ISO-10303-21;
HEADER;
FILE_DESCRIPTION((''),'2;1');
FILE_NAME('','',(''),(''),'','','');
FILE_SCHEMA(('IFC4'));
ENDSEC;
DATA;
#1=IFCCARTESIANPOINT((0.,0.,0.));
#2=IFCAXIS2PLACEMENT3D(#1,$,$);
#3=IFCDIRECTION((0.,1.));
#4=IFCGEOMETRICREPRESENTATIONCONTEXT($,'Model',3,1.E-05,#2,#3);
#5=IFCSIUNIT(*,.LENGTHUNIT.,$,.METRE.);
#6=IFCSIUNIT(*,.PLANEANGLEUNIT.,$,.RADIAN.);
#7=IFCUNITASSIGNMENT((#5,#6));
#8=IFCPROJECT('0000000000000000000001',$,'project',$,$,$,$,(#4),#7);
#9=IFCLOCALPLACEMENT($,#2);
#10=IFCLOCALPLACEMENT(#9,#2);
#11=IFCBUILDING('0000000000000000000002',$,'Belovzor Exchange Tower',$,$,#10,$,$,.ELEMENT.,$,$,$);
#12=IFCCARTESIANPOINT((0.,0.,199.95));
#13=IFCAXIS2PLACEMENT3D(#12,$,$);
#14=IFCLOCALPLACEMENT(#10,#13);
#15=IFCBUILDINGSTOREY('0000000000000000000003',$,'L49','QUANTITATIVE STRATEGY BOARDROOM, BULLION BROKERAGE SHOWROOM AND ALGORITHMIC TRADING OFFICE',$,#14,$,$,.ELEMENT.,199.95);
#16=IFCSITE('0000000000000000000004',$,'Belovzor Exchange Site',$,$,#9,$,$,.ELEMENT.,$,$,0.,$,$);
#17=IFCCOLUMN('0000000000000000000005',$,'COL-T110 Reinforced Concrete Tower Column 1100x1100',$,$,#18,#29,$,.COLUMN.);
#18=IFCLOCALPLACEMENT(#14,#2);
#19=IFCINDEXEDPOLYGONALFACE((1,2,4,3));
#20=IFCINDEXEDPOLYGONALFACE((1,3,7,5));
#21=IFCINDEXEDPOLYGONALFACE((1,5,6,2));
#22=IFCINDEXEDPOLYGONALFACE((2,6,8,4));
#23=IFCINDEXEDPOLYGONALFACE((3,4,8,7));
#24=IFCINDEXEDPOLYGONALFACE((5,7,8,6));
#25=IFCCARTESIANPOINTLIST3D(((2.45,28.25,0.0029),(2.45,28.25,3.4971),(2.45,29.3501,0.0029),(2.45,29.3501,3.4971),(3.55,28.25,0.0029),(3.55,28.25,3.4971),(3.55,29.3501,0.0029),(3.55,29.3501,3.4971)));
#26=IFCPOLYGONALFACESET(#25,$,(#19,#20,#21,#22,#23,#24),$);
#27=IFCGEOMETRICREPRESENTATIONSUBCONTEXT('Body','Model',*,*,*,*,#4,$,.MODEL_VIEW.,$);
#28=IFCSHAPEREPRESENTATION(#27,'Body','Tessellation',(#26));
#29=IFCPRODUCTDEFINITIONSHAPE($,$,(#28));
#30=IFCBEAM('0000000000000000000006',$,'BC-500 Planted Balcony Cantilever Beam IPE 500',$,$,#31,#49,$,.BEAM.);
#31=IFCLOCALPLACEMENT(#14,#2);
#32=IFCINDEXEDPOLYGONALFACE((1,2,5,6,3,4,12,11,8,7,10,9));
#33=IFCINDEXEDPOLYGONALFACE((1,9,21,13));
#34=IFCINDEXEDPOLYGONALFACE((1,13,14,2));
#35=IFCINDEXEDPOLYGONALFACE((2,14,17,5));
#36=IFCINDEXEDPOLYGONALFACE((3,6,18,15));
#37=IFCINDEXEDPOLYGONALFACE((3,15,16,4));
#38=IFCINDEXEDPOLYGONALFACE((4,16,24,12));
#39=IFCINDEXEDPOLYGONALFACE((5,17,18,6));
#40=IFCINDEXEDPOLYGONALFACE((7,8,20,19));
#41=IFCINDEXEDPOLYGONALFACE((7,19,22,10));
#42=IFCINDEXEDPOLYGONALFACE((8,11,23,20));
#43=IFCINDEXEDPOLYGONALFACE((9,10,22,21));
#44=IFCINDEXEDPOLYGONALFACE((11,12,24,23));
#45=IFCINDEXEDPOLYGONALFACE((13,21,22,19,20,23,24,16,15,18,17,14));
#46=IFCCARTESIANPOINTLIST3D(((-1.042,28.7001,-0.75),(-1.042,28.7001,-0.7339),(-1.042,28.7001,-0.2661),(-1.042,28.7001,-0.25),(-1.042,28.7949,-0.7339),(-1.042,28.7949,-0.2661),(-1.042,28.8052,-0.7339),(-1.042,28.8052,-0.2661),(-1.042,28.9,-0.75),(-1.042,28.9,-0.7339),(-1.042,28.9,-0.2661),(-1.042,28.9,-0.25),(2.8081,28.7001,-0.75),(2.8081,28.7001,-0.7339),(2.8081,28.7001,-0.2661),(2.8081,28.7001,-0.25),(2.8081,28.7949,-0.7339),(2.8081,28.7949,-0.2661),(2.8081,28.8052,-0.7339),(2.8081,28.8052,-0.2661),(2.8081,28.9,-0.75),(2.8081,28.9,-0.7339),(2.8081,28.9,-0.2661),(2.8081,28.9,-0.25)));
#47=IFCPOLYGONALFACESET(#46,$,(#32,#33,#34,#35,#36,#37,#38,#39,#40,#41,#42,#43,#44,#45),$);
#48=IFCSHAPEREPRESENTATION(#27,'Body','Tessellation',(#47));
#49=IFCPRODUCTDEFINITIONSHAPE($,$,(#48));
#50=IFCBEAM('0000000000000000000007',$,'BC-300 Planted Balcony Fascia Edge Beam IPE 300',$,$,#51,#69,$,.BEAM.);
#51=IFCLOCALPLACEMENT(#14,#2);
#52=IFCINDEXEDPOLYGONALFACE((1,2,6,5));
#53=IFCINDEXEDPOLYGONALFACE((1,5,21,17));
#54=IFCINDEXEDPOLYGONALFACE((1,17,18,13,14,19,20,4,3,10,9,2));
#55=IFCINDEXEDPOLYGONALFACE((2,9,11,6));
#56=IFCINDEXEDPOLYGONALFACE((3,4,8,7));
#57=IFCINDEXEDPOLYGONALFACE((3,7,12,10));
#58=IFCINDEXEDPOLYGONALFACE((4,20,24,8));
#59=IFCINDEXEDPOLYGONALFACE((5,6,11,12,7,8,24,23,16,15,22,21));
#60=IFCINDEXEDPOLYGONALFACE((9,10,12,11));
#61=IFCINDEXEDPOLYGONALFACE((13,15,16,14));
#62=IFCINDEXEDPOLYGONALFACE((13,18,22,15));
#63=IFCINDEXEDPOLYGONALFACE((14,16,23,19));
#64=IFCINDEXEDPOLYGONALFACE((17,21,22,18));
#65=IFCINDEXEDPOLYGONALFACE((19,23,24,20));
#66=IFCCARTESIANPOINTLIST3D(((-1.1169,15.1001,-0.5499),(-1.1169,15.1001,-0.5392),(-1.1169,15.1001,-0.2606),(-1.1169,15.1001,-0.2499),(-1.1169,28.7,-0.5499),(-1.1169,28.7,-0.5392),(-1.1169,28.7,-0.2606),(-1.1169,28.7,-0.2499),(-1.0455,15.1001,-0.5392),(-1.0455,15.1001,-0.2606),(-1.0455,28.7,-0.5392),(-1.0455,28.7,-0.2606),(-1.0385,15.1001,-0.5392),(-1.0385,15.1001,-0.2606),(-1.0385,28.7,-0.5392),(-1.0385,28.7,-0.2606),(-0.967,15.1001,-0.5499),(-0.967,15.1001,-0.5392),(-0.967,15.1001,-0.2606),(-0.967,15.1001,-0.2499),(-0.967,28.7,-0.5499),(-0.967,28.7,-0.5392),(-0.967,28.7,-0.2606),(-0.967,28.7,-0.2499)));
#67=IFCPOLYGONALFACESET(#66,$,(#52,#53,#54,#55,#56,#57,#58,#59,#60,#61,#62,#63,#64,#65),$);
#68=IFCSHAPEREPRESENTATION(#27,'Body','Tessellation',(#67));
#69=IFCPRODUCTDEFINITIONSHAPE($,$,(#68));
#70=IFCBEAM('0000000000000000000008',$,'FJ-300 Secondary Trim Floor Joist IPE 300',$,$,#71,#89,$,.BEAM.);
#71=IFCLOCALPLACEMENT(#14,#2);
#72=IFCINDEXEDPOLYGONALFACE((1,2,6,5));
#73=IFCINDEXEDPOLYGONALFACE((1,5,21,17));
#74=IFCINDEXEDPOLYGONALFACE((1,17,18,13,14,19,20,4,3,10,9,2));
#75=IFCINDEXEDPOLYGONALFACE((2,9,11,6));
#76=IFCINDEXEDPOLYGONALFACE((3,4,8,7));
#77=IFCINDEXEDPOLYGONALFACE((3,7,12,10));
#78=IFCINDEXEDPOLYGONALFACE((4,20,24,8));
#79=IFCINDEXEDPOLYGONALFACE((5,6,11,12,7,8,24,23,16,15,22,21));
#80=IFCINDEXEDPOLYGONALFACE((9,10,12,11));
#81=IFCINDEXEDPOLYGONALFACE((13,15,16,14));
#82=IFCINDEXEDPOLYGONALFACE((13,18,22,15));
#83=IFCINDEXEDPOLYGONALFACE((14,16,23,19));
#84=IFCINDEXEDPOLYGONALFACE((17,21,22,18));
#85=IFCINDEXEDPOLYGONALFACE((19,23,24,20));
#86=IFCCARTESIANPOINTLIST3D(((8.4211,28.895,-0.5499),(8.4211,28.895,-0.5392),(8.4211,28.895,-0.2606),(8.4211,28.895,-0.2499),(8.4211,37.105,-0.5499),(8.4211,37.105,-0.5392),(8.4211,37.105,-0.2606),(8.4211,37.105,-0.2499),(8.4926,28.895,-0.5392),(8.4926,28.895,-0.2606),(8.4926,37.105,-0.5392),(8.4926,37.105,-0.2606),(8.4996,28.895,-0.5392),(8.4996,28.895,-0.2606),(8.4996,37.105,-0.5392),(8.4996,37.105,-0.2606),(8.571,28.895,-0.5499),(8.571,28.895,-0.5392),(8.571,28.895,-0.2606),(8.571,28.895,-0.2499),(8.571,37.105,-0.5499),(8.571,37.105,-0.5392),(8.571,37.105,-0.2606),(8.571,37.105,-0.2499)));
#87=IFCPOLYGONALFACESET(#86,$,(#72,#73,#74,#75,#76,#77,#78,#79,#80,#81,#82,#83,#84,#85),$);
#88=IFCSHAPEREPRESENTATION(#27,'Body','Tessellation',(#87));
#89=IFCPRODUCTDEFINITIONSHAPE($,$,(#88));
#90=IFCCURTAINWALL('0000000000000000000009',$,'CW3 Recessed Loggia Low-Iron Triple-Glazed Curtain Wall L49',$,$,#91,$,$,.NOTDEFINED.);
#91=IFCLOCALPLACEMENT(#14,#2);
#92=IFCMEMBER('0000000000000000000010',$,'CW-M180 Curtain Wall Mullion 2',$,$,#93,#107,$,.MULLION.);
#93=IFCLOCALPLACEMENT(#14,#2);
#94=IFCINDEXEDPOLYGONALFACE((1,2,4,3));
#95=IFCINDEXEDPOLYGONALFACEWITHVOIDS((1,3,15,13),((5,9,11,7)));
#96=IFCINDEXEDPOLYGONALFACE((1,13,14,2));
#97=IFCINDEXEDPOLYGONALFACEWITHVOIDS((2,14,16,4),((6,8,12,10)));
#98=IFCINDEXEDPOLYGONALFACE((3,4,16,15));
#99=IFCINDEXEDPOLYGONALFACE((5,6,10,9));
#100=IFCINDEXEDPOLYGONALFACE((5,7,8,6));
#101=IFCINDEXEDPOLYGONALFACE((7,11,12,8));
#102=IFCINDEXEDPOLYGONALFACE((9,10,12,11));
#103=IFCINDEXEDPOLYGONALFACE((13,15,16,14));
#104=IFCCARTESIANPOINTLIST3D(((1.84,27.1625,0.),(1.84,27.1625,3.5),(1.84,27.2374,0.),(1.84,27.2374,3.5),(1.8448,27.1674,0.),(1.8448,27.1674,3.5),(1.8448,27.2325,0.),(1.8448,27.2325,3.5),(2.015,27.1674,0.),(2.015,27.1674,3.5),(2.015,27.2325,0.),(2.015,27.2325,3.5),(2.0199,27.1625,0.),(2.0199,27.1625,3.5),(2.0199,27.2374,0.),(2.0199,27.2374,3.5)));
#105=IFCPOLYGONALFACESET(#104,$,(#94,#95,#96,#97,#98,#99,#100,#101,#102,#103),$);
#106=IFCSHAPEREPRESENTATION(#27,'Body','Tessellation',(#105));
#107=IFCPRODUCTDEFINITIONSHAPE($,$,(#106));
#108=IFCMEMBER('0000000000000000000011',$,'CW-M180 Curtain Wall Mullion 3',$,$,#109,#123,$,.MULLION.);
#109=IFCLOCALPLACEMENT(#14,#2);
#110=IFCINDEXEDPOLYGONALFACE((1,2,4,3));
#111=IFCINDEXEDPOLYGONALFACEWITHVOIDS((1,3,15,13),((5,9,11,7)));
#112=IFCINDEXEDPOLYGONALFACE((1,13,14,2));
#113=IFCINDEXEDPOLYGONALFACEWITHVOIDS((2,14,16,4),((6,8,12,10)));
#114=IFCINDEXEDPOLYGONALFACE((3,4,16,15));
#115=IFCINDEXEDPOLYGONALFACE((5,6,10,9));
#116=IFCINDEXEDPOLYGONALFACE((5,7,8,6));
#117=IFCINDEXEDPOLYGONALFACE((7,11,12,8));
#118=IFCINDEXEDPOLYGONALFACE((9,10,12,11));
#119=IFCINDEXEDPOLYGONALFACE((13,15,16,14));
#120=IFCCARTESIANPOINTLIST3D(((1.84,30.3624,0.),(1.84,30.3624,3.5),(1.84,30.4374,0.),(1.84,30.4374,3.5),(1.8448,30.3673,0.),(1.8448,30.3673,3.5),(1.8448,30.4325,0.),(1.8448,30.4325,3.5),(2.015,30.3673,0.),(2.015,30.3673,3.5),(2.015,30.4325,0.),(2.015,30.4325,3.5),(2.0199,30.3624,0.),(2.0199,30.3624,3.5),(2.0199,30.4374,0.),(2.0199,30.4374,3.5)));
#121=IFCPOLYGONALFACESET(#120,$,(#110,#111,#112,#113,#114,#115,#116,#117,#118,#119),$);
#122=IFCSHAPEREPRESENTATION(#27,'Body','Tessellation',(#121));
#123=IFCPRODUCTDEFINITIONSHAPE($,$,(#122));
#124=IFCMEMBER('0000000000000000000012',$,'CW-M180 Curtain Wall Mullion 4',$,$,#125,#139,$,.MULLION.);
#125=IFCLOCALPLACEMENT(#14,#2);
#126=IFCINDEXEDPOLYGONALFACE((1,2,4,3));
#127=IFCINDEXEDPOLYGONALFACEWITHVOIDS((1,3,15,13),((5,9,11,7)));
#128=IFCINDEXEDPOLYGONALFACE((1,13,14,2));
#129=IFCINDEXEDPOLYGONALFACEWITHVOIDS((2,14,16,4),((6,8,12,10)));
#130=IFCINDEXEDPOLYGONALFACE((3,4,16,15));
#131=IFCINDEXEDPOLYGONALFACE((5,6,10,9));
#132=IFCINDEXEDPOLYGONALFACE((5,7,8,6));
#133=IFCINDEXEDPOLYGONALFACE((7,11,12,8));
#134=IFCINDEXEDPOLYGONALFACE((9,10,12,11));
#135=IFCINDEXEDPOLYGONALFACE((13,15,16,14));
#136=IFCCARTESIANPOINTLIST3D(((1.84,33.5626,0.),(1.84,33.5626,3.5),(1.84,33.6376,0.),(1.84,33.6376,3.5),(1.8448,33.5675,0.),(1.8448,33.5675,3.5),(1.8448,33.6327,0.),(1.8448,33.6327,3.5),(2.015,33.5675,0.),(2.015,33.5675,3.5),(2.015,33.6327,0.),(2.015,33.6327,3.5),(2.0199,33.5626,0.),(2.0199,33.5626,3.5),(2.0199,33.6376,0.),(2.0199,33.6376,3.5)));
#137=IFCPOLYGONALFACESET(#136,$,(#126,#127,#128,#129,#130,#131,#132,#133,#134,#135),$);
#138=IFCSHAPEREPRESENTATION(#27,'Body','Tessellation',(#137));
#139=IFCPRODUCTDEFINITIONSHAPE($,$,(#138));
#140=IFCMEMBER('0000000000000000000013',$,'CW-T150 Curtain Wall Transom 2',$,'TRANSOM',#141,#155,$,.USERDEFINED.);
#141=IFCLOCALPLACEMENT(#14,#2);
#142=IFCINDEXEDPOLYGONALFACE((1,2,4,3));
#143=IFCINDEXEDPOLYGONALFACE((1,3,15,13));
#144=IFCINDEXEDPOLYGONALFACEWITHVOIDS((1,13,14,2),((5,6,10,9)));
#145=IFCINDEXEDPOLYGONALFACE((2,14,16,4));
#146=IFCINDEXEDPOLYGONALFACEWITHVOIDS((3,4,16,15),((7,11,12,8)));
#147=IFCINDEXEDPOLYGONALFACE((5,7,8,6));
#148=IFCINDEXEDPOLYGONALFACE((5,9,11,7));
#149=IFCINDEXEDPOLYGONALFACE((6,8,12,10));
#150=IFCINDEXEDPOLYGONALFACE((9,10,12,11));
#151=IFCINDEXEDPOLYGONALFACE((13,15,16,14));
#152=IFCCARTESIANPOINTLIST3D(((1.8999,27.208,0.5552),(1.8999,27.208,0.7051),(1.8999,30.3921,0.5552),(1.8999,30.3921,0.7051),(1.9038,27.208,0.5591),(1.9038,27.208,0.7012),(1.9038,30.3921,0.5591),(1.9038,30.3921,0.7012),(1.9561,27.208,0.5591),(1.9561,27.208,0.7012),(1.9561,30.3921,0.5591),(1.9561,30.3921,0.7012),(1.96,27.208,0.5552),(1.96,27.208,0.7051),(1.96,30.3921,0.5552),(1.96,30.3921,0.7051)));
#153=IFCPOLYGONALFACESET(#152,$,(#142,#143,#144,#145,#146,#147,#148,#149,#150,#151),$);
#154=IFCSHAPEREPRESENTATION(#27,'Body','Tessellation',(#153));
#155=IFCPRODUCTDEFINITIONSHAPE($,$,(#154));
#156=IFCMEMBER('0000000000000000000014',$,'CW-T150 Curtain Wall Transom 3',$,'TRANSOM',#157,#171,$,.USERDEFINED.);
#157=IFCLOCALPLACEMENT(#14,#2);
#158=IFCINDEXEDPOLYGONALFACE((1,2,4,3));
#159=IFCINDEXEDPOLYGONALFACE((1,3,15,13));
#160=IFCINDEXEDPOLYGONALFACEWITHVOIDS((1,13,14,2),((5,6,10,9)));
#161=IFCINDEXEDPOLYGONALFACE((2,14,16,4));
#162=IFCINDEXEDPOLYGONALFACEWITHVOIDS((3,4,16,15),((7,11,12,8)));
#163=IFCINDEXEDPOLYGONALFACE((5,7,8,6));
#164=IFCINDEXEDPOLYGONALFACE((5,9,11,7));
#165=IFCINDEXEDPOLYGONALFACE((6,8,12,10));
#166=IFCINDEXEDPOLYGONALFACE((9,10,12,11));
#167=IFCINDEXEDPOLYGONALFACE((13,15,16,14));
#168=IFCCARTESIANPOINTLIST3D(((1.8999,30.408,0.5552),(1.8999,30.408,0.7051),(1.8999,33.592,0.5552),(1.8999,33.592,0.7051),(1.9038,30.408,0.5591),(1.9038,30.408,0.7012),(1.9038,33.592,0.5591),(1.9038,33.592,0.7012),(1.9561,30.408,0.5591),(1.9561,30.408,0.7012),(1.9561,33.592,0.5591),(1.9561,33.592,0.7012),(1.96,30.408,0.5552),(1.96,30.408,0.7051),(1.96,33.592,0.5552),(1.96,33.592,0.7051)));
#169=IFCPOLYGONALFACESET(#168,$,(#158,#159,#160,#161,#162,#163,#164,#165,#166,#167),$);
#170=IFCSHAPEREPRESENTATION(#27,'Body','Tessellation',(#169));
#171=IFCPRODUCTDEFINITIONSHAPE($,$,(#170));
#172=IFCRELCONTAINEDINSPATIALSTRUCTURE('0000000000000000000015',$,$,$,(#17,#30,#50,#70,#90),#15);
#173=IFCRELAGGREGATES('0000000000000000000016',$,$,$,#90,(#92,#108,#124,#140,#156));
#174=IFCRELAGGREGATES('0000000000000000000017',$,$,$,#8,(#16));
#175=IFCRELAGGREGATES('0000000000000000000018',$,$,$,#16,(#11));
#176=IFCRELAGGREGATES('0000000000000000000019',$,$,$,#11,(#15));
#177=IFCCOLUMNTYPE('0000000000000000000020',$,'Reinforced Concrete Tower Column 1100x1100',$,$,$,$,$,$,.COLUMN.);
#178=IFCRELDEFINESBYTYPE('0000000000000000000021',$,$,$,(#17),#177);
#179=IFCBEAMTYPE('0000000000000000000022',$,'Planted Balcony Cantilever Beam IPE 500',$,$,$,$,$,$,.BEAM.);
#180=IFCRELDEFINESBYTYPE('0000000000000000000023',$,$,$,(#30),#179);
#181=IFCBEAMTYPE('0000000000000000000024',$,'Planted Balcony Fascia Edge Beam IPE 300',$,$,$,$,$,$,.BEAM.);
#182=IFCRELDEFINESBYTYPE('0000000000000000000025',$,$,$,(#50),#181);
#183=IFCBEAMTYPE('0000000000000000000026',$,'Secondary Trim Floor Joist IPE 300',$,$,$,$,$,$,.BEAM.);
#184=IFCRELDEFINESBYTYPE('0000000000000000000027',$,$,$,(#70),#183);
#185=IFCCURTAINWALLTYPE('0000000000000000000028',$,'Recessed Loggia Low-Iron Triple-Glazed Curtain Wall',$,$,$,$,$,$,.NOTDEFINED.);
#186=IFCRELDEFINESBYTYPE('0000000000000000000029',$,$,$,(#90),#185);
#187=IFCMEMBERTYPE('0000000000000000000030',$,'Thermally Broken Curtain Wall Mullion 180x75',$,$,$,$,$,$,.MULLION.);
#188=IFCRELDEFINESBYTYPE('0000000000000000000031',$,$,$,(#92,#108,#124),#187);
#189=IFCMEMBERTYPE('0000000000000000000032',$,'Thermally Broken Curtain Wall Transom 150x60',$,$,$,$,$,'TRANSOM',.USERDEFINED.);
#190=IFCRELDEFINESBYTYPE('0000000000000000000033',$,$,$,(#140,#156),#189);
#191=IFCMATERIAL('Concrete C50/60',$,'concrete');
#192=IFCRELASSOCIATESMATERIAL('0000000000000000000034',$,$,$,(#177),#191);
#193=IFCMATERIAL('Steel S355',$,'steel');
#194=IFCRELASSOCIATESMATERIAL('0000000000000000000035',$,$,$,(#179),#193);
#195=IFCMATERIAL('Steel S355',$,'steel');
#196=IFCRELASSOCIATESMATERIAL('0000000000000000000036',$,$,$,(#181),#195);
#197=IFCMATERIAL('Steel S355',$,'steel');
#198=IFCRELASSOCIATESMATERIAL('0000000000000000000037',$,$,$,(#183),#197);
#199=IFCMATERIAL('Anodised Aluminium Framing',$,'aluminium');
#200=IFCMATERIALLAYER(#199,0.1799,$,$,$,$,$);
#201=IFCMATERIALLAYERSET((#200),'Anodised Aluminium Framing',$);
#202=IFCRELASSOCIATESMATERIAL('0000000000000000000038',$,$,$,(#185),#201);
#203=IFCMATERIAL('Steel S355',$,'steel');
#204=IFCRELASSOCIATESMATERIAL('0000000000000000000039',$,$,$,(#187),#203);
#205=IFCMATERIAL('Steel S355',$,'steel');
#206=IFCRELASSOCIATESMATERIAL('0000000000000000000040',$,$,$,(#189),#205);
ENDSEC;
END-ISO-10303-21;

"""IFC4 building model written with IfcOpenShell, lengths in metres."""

from ifc_helpers import new_model, si_unit, direction, frame, origin, origin_2d, place, context, subcontext, project, spatial, rectangle, hollow_rectangle, i_section, extrude, material, layer, layer_set, material_profile, profile_set, type_object, element, aggregate, save


model = new_model("IFC4")

# Units and contexts
model_context = context("Model", 3, precision=1e-05, world=origin(), true_north=direction((0.0, 1.0)))
body_context = subcontext(model_context, "Body", "Model", "MODEL_VIEW")
ifc_project = project(units=[si_unit("LENGTHUNIT", "METRE"), si_unit("PLANEANGLEUNIT", "RADIAN")], contexts=[model_context])

# Site, building, storey
site_placement = place(None, origin())
site = spatial("IfcSite", under=ifc_project, at=site_placement, Name="Belovzor Exchange Site", CompositionType="ELEMENT", RefElevation=0.0)
building_placement = place(site_placement, origin())
building = spatial("IfcBuilding", under=site, at=building_placement, Name="Belovzor Exchange Tower", CompositionType="ELEMENT")
storey_placement = place(building_placement, frame((0.0, 0.0, 199.95)))
storey = spatial("IfcBuildingStorey", under=building, at=storey_placement, Name="L49", Description="QUANTITATIVE STRATEGY BOARDROOM, BULLION BROKERAGE SHOWROOM AND ALGORITHMIC TRADING OFFICE", CompositionType="ELEMENT", Elevation=199.95)

# Column
ifc_material_1 = material(Name="Concrete C50/60", Category="concrete")
ifc_material_profile_1 = material_profile(ifc_material_1, rectangle(XDim=1.1001, YDim=1.1001, at=origin_2d()))
ifc_profile_set_1 = profile_set([ifc_material_profile_1], Name="Concrete C50/60")
column_type = type_object("IfcColumnType", Name="Reinforced Concrete Tower Column 1100x1100", PredefinedType="COLUMN", material=ifc_profile_set_1)
column_placement = place(storey_placement, frame((3.0, 28.8, 0.0029), z_axis=(0.0, 0.0, 1.0), x_axis=(1.0, 0.0, 0.0)))
element("IfcColumn", 1, at=column_placement, inside=storey, type_object=column_type, Name="COL-T110 Reinforced Concrete Tower Column 1100x1100", PredefinedType="COLUMN", context=body_context, shape_type="SweptSolid", body=[
    extrude(rectangle(XDim=1.1001, YDim=1.1001, at=origin_2d()), origin(), (0.0, 0.0, 1.0), 3.4941),
])

# Beams
ifc_material_2 = material(Name="Steel S355", Category="steel")
ifc_material_profile_2 = material_profile(ifc_material_2, i_section(OverallWidth=0.2, OverallDepth=0.5, WebThickness=0.0103, FlangeThickness=0.0161, at=origin_2d()))
ifc_profile_set_2 = profile_set([ifc_material_profile_2], Name="Steel S355")
beam_type_1 = type_object("IfcBeamType", Name="Planted Balcony Cantilever Beam IPE 500", PredefinedType="BEAM", material=ifc_profile_set_2)
beam_1_placement = place(storey_placement, frame((2.8081, 28.8, -0.5), z_axis=(-1.0, 0.0, 0.0), x_axis=(0.0, -1.0, 0.0)))
element("IfcBeam", 2, at=beam_1_placement, inside=storey, type_object=beam_type_1, Name="BC-500 Planted Balcony Cantilever Beam IPE 500", PredefinedType="BEAM", context=body_context, shape_type="SweptSolid", body=[
    extrude(i_section(OverallWidth=0.2, OverallDepth=0.5, WebThickness=0.0103, FlangeThickness=0.0161, at=origin_2d()), origin(), (0.0, 0.0, 1.0), 3.8501),
])
ifc_material_3 = material(Name="Steel S355", Category="steel")
ifc_material_profile_3 = material_profile(ifc_material_3, i_section(OverallWidth=0.1499, OverallDepth=0.3, WebThickness=0.0071, FlangeThickness=0.0107, at=origin_2d()))
ifc_profile_set_3 = profile_set([ifc_material_profile_3], Name="Steel S355")
beam_type_2 = type_object("IfcBeamType", Name="Planted Balcony Fascia Edge Beam IPE 300", PredefinedType="BEAM", material=ifc_profile_set_3)
beam_2_placement = place(storey_placement, frame((-1.042, 28.7, -0.3999), z_axis=(0.0, -1.0, 0.0), x_axis=(1.0, 0.0, 0.0)))
element("IfcBeam", 3, at=beam_2_placement, inside=storey, type_object=beam_type_2, Name="BC-300 Planted Balcony Fascia Edge Beam IPE 300", PredefinedType="BEAM", context=body_context, shape_type="SweptSolid", body=[
    extrude(i_section(OverallWidth=0.1499, OverallDepth=0.3, WebThickness=0.0071, FlangeThickness=0.0107, at=origin_2d()), origin(), (0.0, 0.0, 1.0), 13.5999),
])
ifc_material_4 = material(Name="Steel S355", Category="steel")
ifc_material_profile_4 = material_profile(ifc_material_4, i_section(OverallWidth=0.1499, OverallDepth=0.3, WebThickness=0.0071, FlangeThickness=0.0107, at=origin_2d()))
ifc_profile_set_4 = profile_set([ifc_material_profile_4], Name="Steel S355")
beam_type_3 = type_object("IfcBeamType", Name="Secondary Trim Floor Joist IPE 300", PredefinedType="BEAM", material=ifc_profile_set_4)
beam_3_placement = place(storey_placement, frame((8.4961, 28.895, -0.3999), z_axis=(0.0, 1.0, 0.0), x_axis=(-1.0, 0.0, 0.0)))
element("IfcBeam", 4, at=beam_3_placement, inside=storey, type_object=beam_type_3, Name="FJ-300 Secondary Trim Floor Joist IPE 300", PredefinedType="BEAM", context=body_context, shape_type="SweptSolid", body=[
    extrude(i_section(OverallWidth=0.1499, OverallDepth=0.3, WebThickness=0.0071, FlangeThickness=0.0107, at=origin_2d()), origin(), (0.0, 0.0, 1.0), 8.21),
])

# Curtain wall, members
ifc_material_5 = material(Name="Anodised Aluminium Framing", Category="aluminium")
ifc_layer_1 = layer(ifc_material_5, 0.1799)
ifc_layer_set_1 = layer_set([ifc_layer_1], Name="Anodised Aluminium Framing")
curtain_wall_type = type_object("IfcCurtainWallType", Name="Recessed Loggia Low-Iron Triple-Glazed Curtain Wall", PredefinedType="NOTDEFINED", material=ifc_layer_set_1)
curtain_wall_placement = place(storey_placement, origin())
curtain_wall = element("IfcCurtainWall", 5, at=curtain_wall_placement, inside=storey, type_object=curtain_wall_type, Name="CW3 Recessed Loggia Low-Iron Triple-Glazed Curtain Wall L49", PredefinedType="NOTDEFINED")
ifc_material_6 = material(Name="Steel S355", Category="steel")
ifc_material_profile_5 = material_profile(ifc_material_6, hollow_rectangle(XDim=0.075, YDim=0.1799, WallThickness=0.0049, at=origin_2d()))
ifc_profile_set_5 = profile_set([ifc_material_profile_5], Name="Steel S355")
member_type_1 = type_object("IfcMemberType", Name="Thermally Broken Curtain Wall Mullion 180x75", PredefinedType="MULLION", material=ifc_profile_set_5)
member_1_placement = place(storey_placement, frame((1.9299, 27.2, 0.0), z_axis=(0.0, 0.0, 1.0), x_axis=(0.0, 1.0, 0.0)))
member_1 = element("IfcMember", 6, at=member_1_placement, type_object=member_type_1, Name="CW-M180 Curtain Wall Mullion 2", PredefinedType="MULLION", context=body_context, shape_type="SweptSolid", body=[
    extrude(hollow_rectangle(XDim=0.075, YDim=0.1799, WallThickness=0.0049, at=origin_2d()), origin(), (0.0, 0.0, 1.0), 3.5),
])
member_2_placement = place(storey_placement, frame((1.9299, 30.3999, 0.0), z_axis=(0.0, 0.0, 1.0), x_axis=(0.0, 1.0, 0.0)))
member_2 = element("IfcMember", 7, at=member_2_placement, type_object=member_type_1, Name="CW-M180 Curtain Wall Mullion 3", PredefinedType="MULLION", context=body_context, shape_type="SweptSolid", body=[
    extrude(hollow_rectangle(XDim=0.075, YDim=0.1799, WallThickness=0.0049, at=origin_2d()), origin(), (0.0, 0.0, 1.0), 3.5),
])
member_3_placement = place(storey_placement, frame((1.9299, 33.6001, 0.0), z_axis=(0.0, 0.0, 1.0), x_axis=(0.0, 1.0, 0.0)))
member_3 = element("IfcMember", 8, at=member_3_placement, type_object=member_type_1, Name="CW-M180 Curtain Wall Mullion 4", PredefinedType="MULLION", context=body_context, shape_type="SweptSolid", body=[
    extrude(hollow_rectangle(XDim=0.075, YDim=0.1799, WallThickness=0.0049, at=origin_2d()), origin(), (0.0, 0.0, 1.0), 3.5),
])
ifc_material_7 = material(Name="Steel S355", Category="steel")
ifc_material_profile_6 = material_profile(ifc_material_7, hollow_rectangle(XDim=0.0601, YDim=0.1499, WallThickness=0.0039, at=origin_2d()))
ifc_profile_set_6 = profile_set([ifc_material_profile_6], Name="Steel S355")
member_type_2 = type_object("IfcMemberType", Name="Thermally Broken Curtain Wall Transom 150x60", ElementType="TRANSOM", PredefinedType="USERDEFINED", material=ifc_profile_set_6)
member_4_placement = place(storey_placement, frame((1.9299, 27.208, 0.6301), z_axis=(0.0, 1.0, 0.0), x_axis=(-1.0, 0.0, 0.0)))
member_4 = element("IfcMember", 9, at=member_4_placement, type_object=member_type_2, Name="CW-T150 Curtain Wall Transom 2", ObjectType="TRANSOM", PredefinedType="USERDEFINED", context=body_context, shape_type="SweptSolid", body=[
    extrude(hollow_rectangle(XDim=0.0601, YDim=0.1499, WallThickness=0.0039, at=origin_2d()), origin(), (0.0, 0.0, 1.0), 3.1841),
])
member_5_placement = place(storey_placement, frame((1.9299, 30.408, 0.6301), z_axis=(0.0, 1.0, 0.0), x_axis=(-1.0, 0.0, 0.0)))
member_5 = element("IfcMember", 10, at=member_5_placement, type_object=member_type_2, Name="CW-T150 Curtain Wall Transom 3", ObjectType="TRANSOM", PredefinedType="USERDEFINED", context=body_context, shape_type="SweptSolid", body=[
    extrude(hollow_rectangle(XDim=0.0601, YDim=0.1499, WallThickness=0.0039, at=origin_2d()), origin(), (0.0, 0.0, 1.0), 3.1841),
])

aggregate(curtain_wall, [member_1, member_2, member_3, member_4, member_5])

save(model, "model.ifc")
